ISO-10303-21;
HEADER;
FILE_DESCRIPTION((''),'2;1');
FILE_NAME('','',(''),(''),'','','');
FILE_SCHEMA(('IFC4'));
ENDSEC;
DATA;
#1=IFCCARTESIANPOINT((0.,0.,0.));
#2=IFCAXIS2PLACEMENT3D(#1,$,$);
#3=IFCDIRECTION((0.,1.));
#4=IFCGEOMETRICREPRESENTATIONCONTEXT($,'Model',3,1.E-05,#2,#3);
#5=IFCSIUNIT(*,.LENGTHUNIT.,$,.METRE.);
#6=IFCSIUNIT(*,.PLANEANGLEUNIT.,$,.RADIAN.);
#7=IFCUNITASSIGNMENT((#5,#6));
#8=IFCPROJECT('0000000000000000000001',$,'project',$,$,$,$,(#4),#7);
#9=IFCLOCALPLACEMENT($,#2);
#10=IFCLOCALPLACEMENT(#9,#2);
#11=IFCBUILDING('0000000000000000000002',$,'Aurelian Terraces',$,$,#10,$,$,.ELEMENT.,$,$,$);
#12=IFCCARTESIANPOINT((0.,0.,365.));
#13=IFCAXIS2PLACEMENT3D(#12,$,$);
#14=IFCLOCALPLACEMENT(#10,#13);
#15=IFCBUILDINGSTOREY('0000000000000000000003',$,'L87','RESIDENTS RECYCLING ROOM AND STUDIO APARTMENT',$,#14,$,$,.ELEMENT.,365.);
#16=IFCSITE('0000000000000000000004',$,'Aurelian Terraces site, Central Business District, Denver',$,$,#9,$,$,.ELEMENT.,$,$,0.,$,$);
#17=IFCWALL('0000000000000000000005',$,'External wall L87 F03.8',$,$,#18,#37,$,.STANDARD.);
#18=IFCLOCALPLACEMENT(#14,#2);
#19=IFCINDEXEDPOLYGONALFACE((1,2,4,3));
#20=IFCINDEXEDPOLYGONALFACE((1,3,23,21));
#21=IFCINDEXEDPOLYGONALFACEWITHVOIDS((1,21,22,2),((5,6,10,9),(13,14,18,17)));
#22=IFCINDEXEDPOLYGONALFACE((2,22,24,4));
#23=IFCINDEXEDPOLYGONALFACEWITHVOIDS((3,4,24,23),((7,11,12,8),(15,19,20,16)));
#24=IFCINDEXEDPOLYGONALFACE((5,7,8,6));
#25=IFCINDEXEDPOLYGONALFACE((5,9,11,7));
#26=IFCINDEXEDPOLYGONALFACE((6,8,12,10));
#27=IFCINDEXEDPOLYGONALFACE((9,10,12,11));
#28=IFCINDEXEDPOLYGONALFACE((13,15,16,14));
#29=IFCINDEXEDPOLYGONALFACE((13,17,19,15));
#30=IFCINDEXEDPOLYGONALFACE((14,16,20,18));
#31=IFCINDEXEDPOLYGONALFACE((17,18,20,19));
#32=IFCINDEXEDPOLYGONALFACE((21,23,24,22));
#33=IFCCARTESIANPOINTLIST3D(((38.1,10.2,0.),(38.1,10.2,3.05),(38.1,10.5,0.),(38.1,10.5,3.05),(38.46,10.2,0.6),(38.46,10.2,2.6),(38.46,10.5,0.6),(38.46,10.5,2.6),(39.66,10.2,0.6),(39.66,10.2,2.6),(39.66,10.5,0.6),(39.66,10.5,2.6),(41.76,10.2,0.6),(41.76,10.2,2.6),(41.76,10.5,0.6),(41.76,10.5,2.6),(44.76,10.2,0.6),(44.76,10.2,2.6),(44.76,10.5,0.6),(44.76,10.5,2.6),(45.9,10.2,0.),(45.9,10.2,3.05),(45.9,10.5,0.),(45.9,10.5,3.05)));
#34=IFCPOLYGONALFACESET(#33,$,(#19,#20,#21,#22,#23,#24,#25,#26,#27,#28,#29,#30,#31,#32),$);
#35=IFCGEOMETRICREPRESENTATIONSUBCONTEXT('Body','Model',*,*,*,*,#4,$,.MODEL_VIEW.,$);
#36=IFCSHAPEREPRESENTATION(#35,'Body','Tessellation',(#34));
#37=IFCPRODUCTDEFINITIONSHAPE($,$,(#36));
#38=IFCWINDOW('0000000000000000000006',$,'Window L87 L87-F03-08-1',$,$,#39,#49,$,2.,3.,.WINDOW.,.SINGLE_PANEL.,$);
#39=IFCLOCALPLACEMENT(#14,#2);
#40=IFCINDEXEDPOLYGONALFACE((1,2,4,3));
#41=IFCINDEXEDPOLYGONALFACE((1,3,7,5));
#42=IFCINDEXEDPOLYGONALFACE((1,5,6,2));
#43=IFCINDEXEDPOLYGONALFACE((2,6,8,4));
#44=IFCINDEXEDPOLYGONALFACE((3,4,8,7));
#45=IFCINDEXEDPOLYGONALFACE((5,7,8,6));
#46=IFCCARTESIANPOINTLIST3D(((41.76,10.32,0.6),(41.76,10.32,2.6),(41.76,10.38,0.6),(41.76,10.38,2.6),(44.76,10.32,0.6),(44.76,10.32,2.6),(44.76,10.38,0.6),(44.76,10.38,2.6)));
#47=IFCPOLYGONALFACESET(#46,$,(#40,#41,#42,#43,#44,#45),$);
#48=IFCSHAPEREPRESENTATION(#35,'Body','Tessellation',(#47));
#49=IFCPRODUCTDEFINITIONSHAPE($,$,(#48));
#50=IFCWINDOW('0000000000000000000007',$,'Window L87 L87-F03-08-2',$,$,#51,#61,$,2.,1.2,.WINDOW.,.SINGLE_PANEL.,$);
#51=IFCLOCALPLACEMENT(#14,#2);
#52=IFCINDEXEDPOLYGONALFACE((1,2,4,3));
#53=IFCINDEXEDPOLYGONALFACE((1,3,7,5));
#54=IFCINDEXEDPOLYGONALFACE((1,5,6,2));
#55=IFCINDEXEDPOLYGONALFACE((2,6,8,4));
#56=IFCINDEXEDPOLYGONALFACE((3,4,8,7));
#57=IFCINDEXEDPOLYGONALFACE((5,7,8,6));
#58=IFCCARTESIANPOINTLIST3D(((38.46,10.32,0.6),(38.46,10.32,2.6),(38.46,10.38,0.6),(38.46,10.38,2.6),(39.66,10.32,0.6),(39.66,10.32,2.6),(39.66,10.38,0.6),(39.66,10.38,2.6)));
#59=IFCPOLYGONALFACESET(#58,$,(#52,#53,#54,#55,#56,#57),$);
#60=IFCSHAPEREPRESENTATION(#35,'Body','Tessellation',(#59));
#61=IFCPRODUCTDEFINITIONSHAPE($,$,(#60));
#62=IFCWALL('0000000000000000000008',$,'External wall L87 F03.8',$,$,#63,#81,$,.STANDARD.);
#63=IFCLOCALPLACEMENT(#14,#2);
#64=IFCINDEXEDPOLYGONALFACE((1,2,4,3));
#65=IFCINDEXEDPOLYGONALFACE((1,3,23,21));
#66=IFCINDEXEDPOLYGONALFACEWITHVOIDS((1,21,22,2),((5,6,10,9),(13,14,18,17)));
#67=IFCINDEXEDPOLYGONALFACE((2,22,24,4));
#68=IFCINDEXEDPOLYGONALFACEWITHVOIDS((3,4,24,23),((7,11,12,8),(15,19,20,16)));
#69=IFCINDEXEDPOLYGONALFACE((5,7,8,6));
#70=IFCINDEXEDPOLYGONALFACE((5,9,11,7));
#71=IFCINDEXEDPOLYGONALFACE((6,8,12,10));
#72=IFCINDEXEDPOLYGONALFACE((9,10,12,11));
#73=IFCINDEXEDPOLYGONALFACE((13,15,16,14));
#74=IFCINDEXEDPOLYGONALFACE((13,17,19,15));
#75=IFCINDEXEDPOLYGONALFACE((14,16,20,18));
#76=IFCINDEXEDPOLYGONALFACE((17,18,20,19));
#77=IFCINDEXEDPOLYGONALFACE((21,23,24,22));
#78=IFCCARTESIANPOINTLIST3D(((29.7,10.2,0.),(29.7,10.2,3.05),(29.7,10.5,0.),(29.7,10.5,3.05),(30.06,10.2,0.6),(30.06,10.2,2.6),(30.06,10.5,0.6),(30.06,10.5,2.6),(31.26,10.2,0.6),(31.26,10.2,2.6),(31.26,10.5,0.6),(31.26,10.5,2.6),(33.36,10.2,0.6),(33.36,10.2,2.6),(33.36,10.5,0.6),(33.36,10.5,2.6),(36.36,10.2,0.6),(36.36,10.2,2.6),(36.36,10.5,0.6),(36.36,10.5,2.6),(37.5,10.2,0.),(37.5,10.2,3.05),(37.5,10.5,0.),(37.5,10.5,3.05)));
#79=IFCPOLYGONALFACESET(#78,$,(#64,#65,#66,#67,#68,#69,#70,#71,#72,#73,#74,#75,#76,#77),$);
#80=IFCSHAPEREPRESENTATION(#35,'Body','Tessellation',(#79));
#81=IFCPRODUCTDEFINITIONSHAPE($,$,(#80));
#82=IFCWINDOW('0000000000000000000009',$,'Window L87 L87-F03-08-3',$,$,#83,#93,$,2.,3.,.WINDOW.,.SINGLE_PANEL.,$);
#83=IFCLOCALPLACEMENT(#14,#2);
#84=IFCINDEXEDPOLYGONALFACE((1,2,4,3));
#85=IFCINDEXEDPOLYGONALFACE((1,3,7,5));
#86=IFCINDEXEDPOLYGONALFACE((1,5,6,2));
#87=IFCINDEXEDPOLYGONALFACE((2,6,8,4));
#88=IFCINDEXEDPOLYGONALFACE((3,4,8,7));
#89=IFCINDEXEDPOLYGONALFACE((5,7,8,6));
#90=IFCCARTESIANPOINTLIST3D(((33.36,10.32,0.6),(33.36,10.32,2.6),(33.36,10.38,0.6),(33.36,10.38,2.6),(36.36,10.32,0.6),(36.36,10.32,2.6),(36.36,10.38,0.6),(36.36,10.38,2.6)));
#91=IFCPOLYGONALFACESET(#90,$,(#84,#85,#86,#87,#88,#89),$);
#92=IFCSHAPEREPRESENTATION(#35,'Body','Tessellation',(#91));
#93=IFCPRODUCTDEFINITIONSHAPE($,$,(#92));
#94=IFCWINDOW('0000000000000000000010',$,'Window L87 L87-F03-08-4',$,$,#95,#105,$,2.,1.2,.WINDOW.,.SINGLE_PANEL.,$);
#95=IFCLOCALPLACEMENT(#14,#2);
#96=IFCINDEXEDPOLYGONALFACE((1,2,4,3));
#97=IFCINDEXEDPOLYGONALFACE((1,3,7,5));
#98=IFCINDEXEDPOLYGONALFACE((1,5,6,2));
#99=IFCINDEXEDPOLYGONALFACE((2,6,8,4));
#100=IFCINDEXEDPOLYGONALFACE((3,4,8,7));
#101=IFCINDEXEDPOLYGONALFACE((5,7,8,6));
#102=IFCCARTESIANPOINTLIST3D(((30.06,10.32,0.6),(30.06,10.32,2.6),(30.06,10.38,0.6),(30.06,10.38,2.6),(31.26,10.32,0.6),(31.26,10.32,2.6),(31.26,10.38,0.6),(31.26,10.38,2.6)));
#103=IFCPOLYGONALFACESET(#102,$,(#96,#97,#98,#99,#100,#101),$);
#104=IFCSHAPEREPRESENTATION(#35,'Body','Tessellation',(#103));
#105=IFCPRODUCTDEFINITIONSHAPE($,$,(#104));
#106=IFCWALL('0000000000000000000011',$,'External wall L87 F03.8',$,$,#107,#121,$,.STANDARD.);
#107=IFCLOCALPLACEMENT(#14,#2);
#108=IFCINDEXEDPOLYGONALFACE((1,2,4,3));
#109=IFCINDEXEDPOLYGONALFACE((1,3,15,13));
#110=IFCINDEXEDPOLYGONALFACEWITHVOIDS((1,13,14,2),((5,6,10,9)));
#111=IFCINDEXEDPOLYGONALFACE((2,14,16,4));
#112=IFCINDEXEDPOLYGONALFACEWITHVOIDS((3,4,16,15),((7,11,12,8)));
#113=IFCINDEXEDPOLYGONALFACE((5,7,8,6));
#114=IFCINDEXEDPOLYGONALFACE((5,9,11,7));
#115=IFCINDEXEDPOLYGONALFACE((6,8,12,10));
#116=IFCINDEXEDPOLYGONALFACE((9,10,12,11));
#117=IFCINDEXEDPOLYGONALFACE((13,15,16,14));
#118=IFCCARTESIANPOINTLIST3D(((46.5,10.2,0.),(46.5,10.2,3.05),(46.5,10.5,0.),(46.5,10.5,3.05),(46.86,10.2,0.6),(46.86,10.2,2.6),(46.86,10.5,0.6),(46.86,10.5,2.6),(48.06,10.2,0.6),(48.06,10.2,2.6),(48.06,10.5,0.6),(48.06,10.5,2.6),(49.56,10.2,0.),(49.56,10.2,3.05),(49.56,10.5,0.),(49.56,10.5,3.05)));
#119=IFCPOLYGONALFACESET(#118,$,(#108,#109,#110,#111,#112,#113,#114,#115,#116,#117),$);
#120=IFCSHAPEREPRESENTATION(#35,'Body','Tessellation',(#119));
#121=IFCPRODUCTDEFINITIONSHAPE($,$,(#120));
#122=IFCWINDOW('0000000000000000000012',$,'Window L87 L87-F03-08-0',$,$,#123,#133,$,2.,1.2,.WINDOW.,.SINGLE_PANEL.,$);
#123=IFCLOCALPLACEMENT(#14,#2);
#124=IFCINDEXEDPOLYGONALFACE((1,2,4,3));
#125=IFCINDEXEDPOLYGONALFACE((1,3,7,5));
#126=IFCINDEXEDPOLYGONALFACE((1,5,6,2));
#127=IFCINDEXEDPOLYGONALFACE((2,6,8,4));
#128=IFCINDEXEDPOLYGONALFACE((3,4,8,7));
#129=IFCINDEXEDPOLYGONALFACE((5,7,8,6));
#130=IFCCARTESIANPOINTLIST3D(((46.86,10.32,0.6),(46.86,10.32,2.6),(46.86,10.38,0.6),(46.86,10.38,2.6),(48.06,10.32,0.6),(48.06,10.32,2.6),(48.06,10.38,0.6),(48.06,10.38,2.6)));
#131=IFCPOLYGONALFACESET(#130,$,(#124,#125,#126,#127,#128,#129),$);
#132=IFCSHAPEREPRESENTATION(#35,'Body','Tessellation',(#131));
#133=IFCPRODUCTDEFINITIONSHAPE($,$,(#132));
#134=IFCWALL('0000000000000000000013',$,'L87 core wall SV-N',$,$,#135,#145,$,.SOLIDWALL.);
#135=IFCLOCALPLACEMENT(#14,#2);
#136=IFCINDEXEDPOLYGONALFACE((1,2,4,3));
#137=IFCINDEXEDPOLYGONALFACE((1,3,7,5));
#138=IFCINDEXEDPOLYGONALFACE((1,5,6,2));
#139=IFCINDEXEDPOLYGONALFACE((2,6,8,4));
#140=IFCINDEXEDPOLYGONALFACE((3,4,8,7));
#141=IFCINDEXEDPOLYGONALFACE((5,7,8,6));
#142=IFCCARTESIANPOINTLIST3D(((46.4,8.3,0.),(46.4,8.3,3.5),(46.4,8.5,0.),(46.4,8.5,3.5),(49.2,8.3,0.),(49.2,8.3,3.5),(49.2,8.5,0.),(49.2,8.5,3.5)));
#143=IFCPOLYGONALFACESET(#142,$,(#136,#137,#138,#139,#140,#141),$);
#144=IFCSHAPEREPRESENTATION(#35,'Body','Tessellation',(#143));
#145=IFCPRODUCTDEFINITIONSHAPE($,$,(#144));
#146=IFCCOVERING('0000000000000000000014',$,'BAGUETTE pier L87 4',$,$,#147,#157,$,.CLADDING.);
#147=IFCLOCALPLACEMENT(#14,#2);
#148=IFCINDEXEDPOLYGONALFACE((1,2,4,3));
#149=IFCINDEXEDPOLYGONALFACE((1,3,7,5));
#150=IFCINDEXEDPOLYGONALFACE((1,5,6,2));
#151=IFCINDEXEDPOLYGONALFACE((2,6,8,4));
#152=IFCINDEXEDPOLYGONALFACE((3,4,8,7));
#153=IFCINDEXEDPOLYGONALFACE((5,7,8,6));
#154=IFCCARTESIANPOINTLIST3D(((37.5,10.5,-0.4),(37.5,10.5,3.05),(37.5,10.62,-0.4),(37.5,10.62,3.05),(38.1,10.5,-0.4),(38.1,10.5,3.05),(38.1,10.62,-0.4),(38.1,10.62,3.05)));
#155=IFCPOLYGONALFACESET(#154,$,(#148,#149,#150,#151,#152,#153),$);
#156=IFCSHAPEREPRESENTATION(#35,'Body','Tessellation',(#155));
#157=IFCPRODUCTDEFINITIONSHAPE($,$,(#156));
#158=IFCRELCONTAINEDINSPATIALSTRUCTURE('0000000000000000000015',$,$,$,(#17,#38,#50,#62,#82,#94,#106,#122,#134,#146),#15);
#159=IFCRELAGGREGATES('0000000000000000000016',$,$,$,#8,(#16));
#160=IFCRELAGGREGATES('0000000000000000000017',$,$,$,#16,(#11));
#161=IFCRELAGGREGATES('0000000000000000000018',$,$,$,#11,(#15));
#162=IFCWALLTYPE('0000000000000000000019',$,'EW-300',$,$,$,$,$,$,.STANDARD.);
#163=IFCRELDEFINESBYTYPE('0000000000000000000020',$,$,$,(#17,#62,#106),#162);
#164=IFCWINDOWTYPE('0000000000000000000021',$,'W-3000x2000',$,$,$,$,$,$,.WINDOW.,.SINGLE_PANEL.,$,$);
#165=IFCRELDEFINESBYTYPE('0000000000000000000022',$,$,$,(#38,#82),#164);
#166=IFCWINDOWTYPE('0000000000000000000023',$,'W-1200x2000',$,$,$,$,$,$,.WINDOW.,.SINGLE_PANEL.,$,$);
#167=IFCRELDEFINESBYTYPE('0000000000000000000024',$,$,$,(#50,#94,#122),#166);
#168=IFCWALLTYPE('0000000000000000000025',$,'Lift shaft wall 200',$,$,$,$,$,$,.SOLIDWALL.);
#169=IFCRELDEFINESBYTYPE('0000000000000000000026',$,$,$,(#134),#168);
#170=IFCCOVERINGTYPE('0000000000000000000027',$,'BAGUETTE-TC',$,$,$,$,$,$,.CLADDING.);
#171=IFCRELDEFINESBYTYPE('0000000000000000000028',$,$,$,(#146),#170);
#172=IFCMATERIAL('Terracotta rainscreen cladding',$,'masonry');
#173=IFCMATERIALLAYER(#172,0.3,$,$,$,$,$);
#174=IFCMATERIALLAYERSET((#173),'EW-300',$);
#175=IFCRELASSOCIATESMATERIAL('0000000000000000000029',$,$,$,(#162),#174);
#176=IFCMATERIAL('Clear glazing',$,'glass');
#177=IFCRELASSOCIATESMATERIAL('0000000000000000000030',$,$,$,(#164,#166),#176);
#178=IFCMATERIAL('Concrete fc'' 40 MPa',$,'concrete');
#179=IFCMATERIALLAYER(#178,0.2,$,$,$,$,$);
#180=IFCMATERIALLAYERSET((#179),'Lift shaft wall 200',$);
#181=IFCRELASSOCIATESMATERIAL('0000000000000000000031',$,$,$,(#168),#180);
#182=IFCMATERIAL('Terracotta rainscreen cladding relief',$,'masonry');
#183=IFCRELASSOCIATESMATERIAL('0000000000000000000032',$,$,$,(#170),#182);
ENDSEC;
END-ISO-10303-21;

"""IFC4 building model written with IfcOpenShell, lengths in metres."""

from ifc_helpers import new_model, si_unit, direction, frame, frame_2d, origin, origin_2d, place, context, subcontext, project, spatial, rectangle, extrude, source, transform, mapped, material, layer, layer_set, type_object, element, fill, save


model = new_model("IFC4")

# Units and contexts
model_context = context("Model", 3, precision=1e-05, world=origin(), true_north=direction((0.0, 1.0)))
body_context = subcontext(model_context, "Body", "Model", "MODEL_VIEW")
ifc_project = project(units=[si_unit("LENGTHUNIT", "METRE"), si_unit("PLANEANGLEUNIT", "RADIAN")], contexts=[model_context])

# Site, building, storey
site_placement = place(None, origin())
site = spatial("IfcSite", under=ifc_project, at=site_placement, Name="Aurelian Terraces site, Central Business District, Denver", CompositionType="ELEMENT", RefElevation=0.0)
building_placement = place(site_placement, origin())
building = spatial("IfcBuilding", under=site, at=building_placement, Name="Aurelian Terraces", CompositionType="ELEMENT")
storey_placement = place(building_placement, frame((0.0, 0.0, 365.0)))
storey = spatial("IfcBuildingStorey", under=building, at=storey_placement, Name="L87", Description="RESIDENTS RECYCLING ROOM AND STUDIO APARTMENT", CompositionType="ELEMENT", Elevation=365.0)

# Walls, openings, windows
ifc_material_1 = material(Name="Terracotta rainscreen cladding", Category="masonry")
ifc_layer_1 = layer(ifc_material_1, 0.3)
ifc_layer_set_1 = layer_set([ifc_layer_1], Name="EW-300")
wall_type_1 = type_object("IfcWallType", Name="EW-300", PredefinedType="STANDARD", material=ifc_layer_set_1)
shared_shape_1 = source(origin(), body_context, "Body", "SweptSolid", [
    extrude(rectangle(XDim=7.8, YDim=0.3, at=frame_2d((3.9, 0.0))), origin(), (0.0, 0.0, 1.0), 3.05),
])
wall_1_placement = place(storey_placement, frame((45.9, 10.35, 0.0), z_axis=(0.0, 0.0, 1.0), x_axis=(-1.0, 0.0, 0.0)))
wall_1 = element("IfcWall", 1, at=wall_1_placement, inside=storey, type_object=wall_type_1, Name="External wall L87 F03.8", PredefinedType="STANDARD", context=body_context, shape_type="MappedRepresentation", body=[
    mapped(shared_shape_1, transform((0.0, 0.0, 0.0), scale=1.0)),
])
shared_shape_2 = source(origin(), body_context, "Body", "SweptSolid", [
    extrude(rectangle(XDim=3.0, YDim=2.0, at=frame_2d((1.5, 1.0))), frame((0.0, 0.16, 0.0), z_axis=(0.0, -1.0, 0.0), x_axis=(1.0, 0.0, 0.0)), (0.0, 0.0, 1.0), 0.32),
])
opening_1_placement = place(wall_1_placement, frame((1.14, 0.0, 0.6)))
opening_1 = element("IfcOpeningElement", 2, at=opening_1_placement, cuts=wall_1, PredefinedType="OPENING", context=body_context, shape_type="MappedRepresentation", body=[
    mapped(shared_shape_2, transform((0.0, 0.0, 0.0), scale=1.0)),
])
shared_shape_3 = source(origin(), body_context, "Body", "SweptSolid", [
    extrude(rectangle(XDim=1.2, YDim=2.0, at=frame_2d((0.6, 1.0))), frame((0.0, 0.16, 0.0), z_axis=(0.0, -1.0, 0.0), x_axis=(1.0, 0.0, 0.0)), (0.0, 0.0, 1.0), 0.32),
])
opening_2_placement = place(wall_1_placement, frame((6.24, 0.0, 0.6)))
opening_2 = element("IfcOpeningElement", 3, at=opening_2_placement, cuts=wall_1, PredefinedType="OPENING", context=body_context, shape_type="MappedRepresentation", body=[
    mapped(shared_shape_3, transform((0.0, 0.0, 0.0), scale=1.0)),
])
ifc_material_2 = material(Name="Clear glazing", Category="glass")
window_type_1 = type_object("IfcWindowType", Name="W-3000x2000", PartitioningType="SINGLE_PANEL", PredefinedType="WINDOW", material=ifc_material_2)
shared_shape_4 = source(origin(), body_context, "Body", "SweptSolid", [
    extrude(rectangle(XDim=3.0, YDim=2.0, at=frame_2d((1.5, 1.0))), frame((0.0, 0.03, 0.0), z_axis=(0.0, -1.0, 0.0), x_axis=(1.0, 0.0, 0.0)), (0.0, 0.0, 1.0), 0.06),
])
window_1_placement = place(opening_1_placement, origin())
window_1 = element("IfcWindow", 4, at=window_1_placement, inside=storey, type_object=window_type_1, Name="Window L87 L87-F03-08-1", OverallHeight=2.0, OverallWidth=3.0, PartitioningType="SINGLE_PANEL", PredefinedType="WINDOW", context=body_context, shape_type="MappedRepresentation", body=[
    mapped(shared_shape_4, transform((0.0, 0.0, 0.0), scale=1.0)),
])
fill(opening_1, window_1)
window_type_2 = type_object("IfcWindowType", Name="W-1200x2000", PartitioningType="SINGLE_PANEL", PredefinedType="WINDOW", material=ifc_material_2)
shared_shape_5 = source(origin(), body_context, "Body", "SweptSolid", [
    extrude(rectangle(XDim=1.2, YDim=2.0, at=frame_2d((0.6, 1.0))), frame((0.0, 0.03, 0.0), z_axis=(0.0, -1.0, 0.0), x_axis=(1.0, 0.0, 0.0)), (0.0, 0.0, 1.0), 0.06),
])
window_2_placement = place(opening_2_placement, origin())
window_2 = element("IfcWindow", 5, at=window_2_placement, inside=storey, type_object=window_type_2, Name="Window L87 L87-F03-08-2", OverallHeight=2.0, OverallWidth=1.2, PartitioningType="SINGLE_PANEL", PredefinedType="WINDOW", context=body_context, shape_type="MappedRepresentation", body=[
    mapped(shared_shape_5, transform((0.0, 0.0, 0.0), scale=1.0)),
])
fill(opening_2, window_2)
wall_2_placement = place(storey_placement, frame((37.5, 10.35, 0.0), z_axis=(0.0, 0.0, 1.0), x_axis=(-1.0, 0.0, 0.0)))
wall_2 = element("IfcWall", 6, at=wall_2_placement, inside=storey, type_object=wall_type_1, Name="External wall L87 F03.8", PredefinedType="STANDARD", context=body_context, shape_type="MappedRepresentation", body=[
    mapped(shared_shape_1, transform((0.0, 0.0, 0.0), scale=1.0)),
])
opening_3_placement = place(wall_2_placement, frame((1.14, 0.0, 0.6)))
opening_3 = element("IfcOpeningElement", 7, at=opening_3_placement, cuts=wall_2, PredefinedType="OPENING", context=body_context, shape_type="MappedRepresentation", body=[
    mapped(shared_shape_2, transform((0.0, 0.0, 0.0), scale=1.0)),
])
opening_4_placement = place(wall_2_placement, frame((6.24, 0.0, 0.6)))
opening_4 = element("IfcOpeningElement", 8, at=opening_4_placement, cuts=wall_2, PredefinedType="OPENING", context=body_context, shape_type="MappedRepresentation", body=[
    mapped(shared_shape_3, transform((0.0, 0.0, 0.0), scale=1.0)),
])
window_3_placement = place(opening_3_placement, origin())
window_3 = element("IfcWindow", 9, at=window_3_placement, inside=storey, type_object=window_type_1, Name="Window L87 L87-F03-08-3", OverallHeight=2.0, OverallWidth=3.0, PartitioningType="SINGLE_PANEL", PredefinedType="WINDOW", context=body_context, shape_type="MappedRepresentation", body=[
    mapped(shared_shape_4, transform((0.0, 0.0, 0.0), scale=1.0)),
])
fill(opening_3, window_3)
window_4_placement = place(opening_4_placement, origin())
window_4 = element("IfcWindow", 10, at=window_4_placement, inside=storey, type_object=window_type_2, Name="Window L87 L87-F03-08-4", OverallHeight=2.0, OverallWidth=1.2, PartitioningType="SINGLE_PANEL", PredefinedType="WINDOW", context=body_context, shape_type="MappedRepresentation", body=[
    mapped(shared_shape_5, transform((0.0, 0.0, 0.0), scale=1.0)),
])
fill(opening_4, window_4)

# Wall, opening, window
shared_shape_6 = source(origin(), body_context, "Body", "SweptSolid", [
    extrude(rectangle(XDim=3.06, YDim=0.3, at=frame_2d((1.53, 0.0))), origin(), (0.0, 0.0, 1.0), 3.05),
])
wall_3_placement = place(storey_placement, frame((49.56, 10.35, 0.0), z_axis=(0.0, 0.0, 1.0), x_axis=(-1.0, 0.0, 0.0)))
wall_3 = element("IfcWall", 11, at=wall_3_placement, inside=storey, type_object=wall_type_1, Name="External wall L87 F03.8", PredefinedType="STANDARD", context=body_context, shape_type="MappedRepresentation", body=[
    mapped(shared_shape_6, transform((0.0, 0.0, 0.0), scale=1.0)),
])
opening_5_placement = place(wall_3_placement, frame((1.5, 0.0, 0.6)))
opening_5 = element("IfcOpeningElement", 12, at=opening_5_placement, cuts=wall_3, PredefinedType="OPENING", context=body_context, shape_type="MappedRepresentation", body=[
    mapped(shared_shape_3, transform((0.0, 0.0, 0.0), scale=1.0)),
])
window_5_placement = place(opening_5_placement, origin())
window_5 = element("IfcWindow", 13, at=window_5_placement, inside=storey, type_object=window_type_2, Name="Window L87 L87-F03-08-0", OverallHeight=2.0, OverallWidth=1.2, PartitioningType="SINGLE_PANEL", PredefinedType="WINDOW", context=body_context, shape_type="MappedRepresentation", body=[
    mapped(shared_shape_5, transform((0.0, 0.0, 0.0), scale=1.0)),
])
fill(opening_5, window_5)

# Wall
ifc_material_3 = material(Name="Concrete fc' 40 MPa", Category="concrete")
ifc_layer_2 = layer(ifc_material_3, 0.2)
ifc_layer_set_2 = layer_set([ifc_layer_2], Name="Lift shaft wall 200")
wall_type_2 = type_object("IfcWallType", Name="Lift shaft wall 200", PredefinedType="SOLIDWALL", material=ifc_layer_set_2)
shared_shape_7 = source(origin(), body_context, "Body", "SweptSolid", [
    extrude(rectangle(XDim=2.8, YDim=0.2, at=frame_2d((1.4, 0.0))), origin(), (0.0, 0.0, 1.0), 3.5),
])
wall_4_placement = place(storey_placement, frame((46.4, 8.4, 0.0), z_axis=(0.0, 0.0, 1.0), x_axis=(1.0, 0.0, 0.0)))
element("IfcWall", 14, at=wall_4_placement, inside=storey, type_object=wall_type_2, Name="L87 core wall SV-N", PredefinedType="SOLIDWALL", context=body_context, shape_type="MappedRepresentation", body=[
    mapped(shared_shape_7, transform((0.0, 0.0, 0.0), scale=1.0)),
])

# Covering
ifc_material_4 = material(Name="Terracotta rainscreen cladding relief", Category="masonry")
covering_type = type_object("IfcCoveringType", Name="BAGUETTE-TC", PredefinedType="CLADDING", material=ifc_material_4)
shared_shape_8 = source(origin(), body_context, "Body", "SweptSolid", [
    extrude(rectangle(XDim=0.6, YDim=0.12, at=origin_2d()), origin(), (0.0, 0.0, 1.0), 3.45),
])
covering_placement = place(storey_placement, frame((37.8, 10.56, -0.4), z_axis=(0.0, 0.0, 1.0), x_axis=(1.0, 0.0, 0.0)))
element("IfcCovering", 15, at=covering_placement, inside=storey, type_object=covering_type, Name="BAGUETTE pier L87 4", PredefinedType="CLADDING", context=body_context, shape_type="MappedRepresentation", body=[
    mapped(shared_shape_8, transform((0.0, 0.0, 0.0), scale=1.0)),
])

save(model, "model.ifc")
